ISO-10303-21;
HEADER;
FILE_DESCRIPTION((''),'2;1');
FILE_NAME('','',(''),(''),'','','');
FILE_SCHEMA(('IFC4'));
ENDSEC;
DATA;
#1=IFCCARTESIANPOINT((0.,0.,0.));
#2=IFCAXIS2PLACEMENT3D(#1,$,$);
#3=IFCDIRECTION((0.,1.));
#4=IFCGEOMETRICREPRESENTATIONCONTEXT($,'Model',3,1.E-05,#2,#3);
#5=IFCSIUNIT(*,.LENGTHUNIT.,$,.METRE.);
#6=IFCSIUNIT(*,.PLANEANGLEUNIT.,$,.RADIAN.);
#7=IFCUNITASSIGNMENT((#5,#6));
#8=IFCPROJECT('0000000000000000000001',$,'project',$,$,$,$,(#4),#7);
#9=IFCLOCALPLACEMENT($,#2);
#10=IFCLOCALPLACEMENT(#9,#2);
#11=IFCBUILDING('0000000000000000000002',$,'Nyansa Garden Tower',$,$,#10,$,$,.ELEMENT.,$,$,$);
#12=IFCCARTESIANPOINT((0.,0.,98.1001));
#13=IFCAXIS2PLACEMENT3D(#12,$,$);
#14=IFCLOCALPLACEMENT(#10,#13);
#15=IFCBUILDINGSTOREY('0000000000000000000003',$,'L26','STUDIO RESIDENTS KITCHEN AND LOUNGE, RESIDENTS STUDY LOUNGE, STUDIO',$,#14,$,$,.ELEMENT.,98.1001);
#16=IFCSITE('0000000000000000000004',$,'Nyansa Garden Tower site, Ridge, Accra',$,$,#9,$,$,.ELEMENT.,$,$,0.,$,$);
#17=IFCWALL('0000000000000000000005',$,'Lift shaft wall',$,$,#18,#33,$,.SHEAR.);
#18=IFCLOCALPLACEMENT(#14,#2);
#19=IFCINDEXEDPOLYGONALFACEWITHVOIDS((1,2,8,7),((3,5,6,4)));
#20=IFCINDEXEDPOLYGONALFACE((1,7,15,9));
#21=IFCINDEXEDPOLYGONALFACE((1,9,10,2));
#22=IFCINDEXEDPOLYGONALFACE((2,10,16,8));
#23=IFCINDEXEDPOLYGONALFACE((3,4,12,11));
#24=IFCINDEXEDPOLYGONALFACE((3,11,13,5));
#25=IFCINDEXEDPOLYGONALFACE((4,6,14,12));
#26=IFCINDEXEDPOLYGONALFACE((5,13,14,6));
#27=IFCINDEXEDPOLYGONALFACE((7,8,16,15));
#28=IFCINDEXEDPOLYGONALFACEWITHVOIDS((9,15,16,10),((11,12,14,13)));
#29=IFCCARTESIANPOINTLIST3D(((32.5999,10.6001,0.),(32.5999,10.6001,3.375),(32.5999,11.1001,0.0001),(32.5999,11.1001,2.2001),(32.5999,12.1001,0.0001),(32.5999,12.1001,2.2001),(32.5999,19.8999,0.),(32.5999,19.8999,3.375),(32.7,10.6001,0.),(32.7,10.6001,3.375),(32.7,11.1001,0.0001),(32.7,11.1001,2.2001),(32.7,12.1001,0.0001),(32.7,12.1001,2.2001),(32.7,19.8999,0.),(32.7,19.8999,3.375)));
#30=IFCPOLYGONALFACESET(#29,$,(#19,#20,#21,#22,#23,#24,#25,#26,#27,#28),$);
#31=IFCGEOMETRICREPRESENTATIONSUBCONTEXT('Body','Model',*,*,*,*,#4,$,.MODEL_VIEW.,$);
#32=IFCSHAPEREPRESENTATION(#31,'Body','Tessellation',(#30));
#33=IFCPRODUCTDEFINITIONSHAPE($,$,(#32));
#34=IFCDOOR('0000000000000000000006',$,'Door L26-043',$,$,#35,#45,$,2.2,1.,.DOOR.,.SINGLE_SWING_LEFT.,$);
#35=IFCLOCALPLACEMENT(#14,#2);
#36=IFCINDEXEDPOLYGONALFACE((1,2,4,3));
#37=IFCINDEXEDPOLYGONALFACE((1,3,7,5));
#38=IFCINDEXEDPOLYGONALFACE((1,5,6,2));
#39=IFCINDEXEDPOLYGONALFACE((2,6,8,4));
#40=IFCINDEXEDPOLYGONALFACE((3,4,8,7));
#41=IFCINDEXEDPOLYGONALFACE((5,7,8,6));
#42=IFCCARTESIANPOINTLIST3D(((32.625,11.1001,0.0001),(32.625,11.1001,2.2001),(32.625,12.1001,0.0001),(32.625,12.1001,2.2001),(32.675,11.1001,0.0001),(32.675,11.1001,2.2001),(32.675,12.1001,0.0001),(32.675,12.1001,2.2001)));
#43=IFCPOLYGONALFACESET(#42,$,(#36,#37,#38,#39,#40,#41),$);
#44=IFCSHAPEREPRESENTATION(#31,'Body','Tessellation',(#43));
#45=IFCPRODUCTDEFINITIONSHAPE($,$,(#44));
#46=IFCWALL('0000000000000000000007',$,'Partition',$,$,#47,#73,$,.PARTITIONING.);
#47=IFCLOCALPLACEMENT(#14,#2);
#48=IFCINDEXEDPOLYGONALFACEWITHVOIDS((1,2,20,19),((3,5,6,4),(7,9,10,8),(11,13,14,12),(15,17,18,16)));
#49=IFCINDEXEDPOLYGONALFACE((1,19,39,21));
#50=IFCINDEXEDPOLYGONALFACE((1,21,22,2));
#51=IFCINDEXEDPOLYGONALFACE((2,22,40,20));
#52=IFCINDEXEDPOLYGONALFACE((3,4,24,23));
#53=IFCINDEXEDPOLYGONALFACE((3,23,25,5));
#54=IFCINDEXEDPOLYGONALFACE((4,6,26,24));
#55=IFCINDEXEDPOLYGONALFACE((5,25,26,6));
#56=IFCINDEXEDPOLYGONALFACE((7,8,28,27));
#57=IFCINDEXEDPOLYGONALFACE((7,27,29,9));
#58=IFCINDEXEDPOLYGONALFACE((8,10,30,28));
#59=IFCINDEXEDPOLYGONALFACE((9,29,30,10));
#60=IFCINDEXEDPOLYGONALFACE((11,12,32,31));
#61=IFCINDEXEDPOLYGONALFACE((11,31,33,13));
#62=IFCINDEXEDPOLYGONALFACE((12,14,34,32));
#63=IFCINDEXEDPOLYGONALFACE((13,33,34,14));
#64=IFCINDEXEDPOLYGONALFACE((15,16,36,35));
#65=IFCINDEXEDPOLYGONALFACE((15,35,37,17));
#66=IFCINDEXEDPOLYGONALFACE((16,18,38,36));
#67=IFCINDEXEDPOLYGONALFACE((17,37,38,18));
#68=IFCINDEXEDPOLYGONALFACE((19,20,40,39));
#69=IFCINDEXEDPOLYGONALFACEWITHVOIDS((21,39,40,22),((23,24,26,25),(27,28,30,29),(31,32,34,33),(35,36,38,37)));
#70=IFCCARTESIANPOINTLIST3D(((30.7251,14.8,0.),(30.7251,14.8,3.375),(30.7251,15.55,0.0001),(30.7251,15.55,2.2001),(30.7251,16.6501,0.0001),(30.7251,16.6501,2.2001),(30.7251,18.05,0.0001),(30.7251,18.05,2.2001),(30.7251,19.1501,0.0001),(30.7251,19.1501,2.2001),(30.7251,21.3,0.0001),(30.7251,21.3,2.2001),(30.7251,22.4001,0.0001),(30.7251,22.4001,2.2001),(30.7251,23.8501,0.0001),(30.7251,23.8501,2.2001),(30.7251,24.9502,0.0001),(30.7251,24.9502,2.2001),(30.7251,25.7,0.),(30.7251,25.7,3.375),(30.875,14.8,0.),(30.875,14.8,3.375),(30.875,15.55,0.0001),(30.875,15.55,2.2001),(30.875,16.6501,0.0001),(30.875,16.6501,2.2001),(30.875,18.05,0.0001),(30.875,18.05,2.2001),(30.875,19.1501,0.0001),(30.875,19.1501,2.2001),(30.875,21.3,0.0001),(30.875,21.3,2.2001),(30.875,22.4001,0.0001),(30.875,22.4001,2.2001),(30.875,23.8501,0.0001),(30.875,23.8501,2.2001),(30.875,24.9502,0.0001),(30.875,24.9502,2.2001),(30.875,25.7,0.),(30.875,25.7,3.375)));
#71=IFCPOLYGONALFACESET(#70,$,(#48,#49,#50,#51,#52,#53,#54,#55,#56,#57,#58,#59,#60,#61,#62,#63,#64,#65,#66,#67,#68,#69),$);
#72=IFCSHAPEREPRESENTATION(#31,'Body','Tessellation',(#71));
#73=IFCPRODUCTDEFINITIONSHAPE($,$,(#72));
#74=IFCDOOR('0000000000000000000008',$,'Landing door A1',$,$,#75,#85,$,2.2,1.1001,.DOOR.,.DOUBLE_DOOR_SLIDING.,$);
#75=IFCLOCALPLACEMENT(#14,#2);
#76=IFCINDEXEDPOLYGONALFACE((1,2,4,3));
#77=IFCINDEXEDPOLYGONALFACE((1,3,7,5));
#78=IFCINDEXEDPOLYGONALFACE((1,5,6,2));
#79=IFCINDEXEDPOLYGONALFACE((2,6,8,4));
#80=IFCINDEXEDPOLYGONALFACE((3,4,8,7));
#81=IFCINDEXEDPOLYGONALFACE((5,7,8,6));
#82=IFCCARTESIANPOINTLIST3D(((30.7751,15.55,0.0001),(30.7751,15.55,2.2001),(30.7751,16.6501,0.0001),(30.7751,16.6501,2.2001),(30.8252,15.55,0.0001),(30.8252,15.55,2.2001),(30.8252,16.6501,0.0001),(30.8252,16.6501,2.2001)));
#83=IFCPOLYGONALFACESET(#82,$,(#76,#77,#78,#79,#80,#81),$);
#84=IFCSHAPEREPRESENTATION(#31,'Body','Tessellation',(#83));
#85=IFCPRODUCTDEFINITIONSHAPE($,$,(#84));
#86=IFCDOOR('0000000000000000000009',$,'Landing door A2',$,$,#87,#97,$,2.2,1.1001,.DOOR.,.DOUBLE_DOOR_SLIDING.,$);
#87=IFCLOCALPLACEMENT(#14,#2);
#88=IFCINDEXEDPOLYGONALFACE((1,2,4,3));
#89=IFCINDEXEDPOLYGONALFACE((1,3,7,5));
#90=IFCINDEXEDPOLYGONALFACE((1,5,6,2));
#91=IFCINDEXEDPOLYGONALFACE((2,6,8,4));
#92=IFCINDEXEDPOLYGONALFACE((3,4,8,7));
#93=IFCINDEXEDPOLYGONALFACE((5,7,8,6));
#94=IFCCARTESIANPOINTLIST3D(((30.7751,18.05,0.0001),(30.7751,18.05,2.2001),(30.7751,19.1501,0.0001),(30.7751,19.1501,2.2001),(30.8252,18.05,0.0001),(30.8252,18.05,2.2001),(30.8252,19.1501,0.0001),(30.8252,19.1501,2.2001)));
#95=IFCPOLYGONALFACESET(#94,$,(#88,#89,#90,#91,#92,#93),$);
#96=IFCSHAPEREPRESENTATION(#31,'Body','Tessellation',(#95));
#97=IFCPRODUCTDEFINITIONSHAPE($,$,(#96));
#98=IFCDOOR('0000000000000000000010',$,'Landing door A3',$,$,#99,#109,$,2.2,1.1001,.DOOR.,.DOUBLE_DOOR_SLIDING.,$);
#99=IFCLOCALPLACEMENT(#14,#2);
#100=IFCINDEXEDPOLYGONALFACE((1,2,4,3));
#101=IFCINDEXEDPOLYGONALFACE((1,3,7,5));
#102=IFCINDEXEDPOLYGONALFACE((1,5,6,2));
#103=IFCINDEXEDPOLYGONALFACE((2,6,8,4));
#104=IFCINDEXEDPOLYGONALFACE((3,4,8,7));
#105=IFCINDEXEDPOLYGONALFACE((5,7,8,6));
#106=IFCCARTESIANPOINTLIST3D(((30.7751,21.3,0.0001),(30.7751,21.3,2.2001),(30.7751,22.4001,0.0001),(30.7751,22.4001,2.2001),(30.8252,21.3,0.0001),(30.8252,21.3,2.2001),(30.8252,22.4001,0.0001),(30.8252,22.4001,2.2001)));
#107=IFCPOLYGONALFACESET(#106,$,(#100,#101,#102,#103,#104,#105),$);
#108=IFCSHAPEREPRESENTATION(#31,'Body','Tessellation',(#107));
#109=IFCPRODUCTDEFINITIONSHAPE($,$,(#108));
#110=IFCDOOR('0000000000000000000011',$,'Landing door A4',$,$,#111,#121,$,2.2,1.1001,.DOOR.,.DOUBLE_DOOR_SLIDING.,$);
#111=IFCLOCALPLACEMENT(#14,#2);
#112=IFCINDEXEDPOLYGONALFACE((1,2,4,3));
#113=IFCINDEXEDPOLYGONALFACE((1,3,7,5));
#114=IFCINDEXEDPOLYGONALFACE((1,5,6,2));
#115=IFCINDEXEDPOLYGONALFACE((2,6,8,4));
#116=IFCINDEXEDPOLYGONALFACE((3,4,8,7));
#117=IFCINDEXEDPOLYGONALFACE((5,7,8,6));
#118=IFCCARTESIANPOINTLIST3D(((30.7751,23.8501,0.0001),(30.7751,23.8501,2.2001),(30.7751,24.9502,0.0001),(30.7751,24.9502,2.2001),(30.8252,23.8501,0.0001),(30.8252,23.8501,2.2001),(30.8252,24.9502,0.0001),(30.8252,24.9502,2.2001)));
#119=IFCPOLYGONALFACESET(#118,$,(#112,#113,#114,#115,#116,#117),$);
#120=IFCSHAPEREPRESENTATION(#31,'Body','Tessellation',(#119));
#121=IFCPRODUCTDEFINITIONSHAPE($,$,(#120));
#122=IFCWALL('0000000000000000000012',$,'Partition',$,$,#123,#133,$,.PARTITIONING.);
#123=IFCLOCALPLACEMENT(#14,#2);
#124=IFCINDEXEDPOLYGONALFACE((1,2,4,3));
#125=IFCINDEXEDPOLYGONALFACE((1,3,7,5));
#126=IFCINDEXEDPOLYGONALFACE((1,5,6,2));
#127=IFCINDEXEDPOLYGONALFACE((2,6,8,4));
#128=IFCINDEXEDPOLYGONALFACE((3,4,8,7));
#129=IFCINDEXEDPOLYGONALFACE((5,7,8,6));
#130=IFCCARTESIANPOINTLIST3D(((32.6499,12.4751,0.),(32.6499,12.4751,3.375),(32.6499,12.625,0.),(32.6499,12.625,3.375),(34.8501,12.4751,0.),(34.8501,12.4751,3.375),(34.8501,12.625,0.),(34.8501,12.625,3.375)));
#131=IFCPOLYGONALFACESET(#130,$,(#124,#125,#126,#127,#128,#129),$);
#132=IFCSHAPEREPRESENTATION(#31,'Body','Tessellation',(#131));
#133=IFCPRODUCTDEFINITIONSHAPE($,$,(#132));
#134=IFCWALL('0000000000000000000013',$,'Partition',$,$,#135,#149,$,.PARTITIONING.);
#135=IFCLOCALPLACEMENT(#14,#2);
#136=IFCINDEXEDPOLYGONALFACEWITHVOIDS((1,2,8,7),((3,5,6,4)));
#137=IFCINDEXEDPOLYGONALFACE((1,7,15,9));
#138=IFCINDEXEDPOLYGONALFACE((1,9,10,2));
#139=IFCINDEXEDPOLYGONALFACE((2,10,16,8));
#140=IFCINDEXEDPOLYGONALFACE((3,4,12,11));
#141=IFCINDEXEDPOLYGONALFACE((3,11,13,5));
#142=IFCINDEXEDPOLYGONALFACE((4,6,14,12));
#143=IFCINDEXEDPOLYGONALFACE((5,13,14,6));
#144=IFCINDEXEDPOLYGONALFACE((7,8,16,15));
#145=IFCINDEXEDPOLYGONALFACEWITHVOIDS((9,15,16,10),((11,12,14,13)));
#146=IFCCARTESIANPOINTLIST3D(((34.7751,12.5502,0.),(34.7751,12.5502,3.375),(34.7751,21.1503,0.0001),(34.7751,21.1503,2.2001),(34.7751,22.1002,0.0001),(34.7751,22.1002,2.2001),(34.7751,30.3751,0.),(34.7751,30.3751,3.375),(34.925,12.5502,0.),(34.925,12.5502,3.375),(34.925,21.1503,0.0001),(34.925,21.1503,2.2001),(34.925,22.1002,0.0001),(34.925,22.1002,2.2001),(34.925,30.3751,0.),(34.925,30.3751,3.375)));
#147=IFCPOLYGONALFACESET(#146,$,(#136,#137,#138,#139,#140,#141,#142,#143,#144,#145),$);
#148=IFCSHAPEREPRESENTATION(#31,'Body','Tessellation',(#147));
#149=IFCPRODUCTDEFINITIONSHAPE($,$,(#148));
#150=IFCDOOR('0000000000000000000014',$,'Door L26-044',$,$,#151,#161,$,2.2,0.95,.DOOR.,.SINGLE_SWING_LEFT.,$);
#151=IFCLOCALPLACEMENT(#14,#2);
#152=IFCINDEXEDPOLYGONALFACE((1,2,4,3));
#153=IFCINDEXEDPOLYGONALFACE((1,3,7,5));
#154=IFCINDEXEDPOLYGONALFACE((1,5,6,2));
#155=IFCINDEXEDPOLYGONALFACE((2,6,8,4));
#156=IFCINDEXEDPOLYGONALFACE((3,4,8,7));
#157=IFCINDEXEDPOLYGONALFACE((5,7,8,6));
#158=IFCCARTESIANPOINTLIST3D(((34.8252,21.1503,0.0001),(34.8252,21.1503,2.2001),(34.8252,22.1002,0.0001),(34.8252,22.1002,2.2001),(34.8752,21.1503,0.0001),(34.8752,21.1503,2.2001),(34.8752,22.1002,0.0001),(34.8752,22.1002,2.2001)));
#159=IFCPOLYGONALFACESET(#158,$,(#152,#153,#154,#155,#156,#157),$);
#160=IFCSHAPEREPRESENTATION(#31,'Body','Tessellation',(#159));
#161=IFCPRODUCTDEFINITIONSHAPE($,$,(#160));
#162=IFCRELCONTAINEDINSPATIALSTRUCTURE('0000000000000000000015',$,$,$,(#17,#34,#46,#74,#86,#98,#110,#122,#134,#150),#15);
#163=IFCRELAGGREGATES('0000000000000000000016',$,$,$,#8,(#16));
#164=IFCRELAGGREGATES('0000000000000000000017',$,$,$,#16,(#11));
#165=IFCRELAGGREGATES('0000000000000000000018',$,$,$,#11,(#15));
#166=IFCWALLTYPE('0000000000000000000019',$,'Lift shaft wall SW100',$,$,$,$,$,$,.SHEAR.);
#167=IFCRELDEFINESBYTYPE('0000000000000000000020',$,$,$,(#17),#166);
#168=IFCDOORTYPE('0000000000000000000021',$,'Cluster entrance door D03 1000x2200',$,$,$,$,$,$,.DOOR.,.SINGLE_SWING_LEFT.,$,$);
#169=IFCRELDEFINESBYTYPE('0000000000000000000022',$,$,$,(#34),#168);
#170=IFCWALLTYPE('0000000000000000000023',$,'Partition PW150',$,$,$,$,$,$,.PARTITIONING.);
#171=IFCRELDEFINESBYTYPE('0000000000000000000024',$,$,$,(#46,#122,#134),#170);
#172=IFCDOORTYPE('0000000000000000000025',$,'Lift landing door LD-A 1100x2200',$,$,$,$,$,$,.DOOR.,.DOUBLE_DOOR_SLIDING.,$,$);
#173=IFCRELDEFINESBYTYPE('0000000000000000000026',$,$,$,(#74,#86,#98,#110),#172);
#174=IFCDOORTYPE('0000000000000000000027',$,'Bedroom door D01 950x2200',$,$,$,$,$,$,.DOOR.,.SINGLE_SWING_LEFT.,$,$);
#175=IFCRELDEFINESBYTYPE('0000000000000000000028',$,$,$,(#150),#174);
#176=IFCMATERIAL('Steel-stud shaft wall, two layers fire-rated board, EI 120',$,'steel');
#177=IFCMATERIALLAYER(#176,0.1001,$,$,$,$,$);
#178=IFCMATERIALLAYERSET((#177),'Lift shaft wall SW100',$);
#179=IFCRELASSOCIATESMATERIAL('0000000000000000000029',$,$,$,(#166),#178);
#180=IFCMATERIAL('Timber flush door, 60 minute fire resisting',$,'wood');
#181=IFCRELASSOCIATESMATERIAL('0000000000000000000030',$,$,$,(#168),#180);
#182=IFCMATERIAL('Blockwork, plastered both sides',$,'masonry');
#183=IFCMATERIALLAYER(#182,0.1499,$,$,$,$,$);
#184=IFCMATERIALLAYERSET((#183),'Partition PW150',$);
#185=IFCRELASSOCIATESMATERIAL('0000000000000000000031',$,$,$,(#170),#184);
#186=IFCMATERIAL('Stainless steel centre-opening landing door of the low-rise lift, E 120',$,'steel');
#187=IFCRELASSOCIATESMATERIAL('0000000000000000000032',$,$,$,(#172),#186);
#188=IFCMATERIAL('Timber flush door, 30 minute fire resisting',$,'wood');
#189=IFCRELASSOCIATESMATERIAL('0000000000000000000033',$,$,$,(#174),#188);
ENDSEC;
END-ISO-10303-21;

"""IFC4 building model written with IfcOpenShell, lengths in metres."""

from ifc_helpers import new_model, si_unit, direction, frame, frame_2d, origin, place, context, subcontext, project, spatial, rectangle, extrude, material, layer, layer_set, type_object, element, fill, save


model = new_model("IFC4")

# Units and contexts
model_context = context("Model", 3, precision=1e-05, world=origin(), true_north=direction((0.0, 1.0)))
body_context = subcontext(model_context, "Body", "Model", "MODEL_VIEW")
ifc_project = project(units=[si_unit("LENGTHUNIT", "METRE"), si_unit("PLANEANGLEUNIT", "RADIAN")], contexts=[model_context])

# Site, building, storey
site_placement = place(None, origin())
site = spatial("IfcSite", under=ifc_project, at=site_placement, Name="Nyansa Garden Tower site, Ridge, Accra", CompositionType="ELEMENT", RefElevation=0.0)
building_placement = place(site_placement, origin())
building = spatial("IfcBuilding", under=site, at=building_placement, Name="Nyansa Garden Tower", CompositionType="ELEMENT")
storey_placement = place(building_placement, frame((0.0, 0.0, 98.1001)))
storey = spatial("IfcBuildingStorey", under=building, at=storey_placement, Name="L26", Description="STUDIO RESIDENTS KITCHEN AND LOUNGE, RESIDENTS STUDY LOUNGE, STUDIO", CompositionType="ELEMENT", Elevation=98.1001)

# Shared definitions
ifc_material_1 = material(Name="Steel-stud shaft wall, two layers fire-rated board, EI 120", Category="steel")
ifc_layer_1 = layer(ifc_material_1, 0.1001)
ifc_layer_set_1 = layer_set([ifc_layer_1], Name="Lift shaft wall SW100")
wall_type_1 = type_object("IfcWallType", Name="Lift shaft wall SW100", PredefinedType="SHEAR", material=ifc_layer_set_1)

# Wall, opening, door
wall_1_placement = place(storey_placement, frame((32.6499, 10.6001, 0.0), z_axis=(0.0, 0.0, 1.0), x_axis=(0.0, 1.0, 0.0)))
wall_1 = element("IfcWall", 1, at=wall_1_placement, inside=storey, type_object=wall_type_1, Name="Lift shaft wall", PredefinedType="SHEAR", context=body_context, shape_type="SweptSolid", body=[
    extrude(rectangle(XDim=9.2998, YDim=0.1001, at=frame_2d((4.6499, 0.0))), origin(), (0.0, 0.0, 1.0), 3.375),
])
opening_1_placement = place(wall_1_placement, frame((0.5, 0.0, 0.0)))
opening_1 = element("IfcOpeningElement", 2, at=opening_1_placement, cuts=wall_1, PredefinedType="OPENING", context=body_context, shape_type="SweptSolid", body=[
    extrude(rectangle(XDim=1.0, YDim=2.2, at=frame_2d((0.5, 1.1001))), frame((0.0, 0.0601, 0.0), z_axis=(0.0, -1.0, 0.0), x_axis=(1.0, 0.0, 0.0)), (0.0, 0.0, 1.0), 0.1201),
])
ifc_material_2 = material(Name="Timber flush door, 60 minute fire resisting", Category="wood")
door_type_1 = type_object("IfcDoorType", Name="Cluster entrance door D03 1000x2200", OperationType="SINGLE_SWING_LEFT", PredefinedType="DOOR", material=ifc_material_2)
door_1_placement = place(opening_1_placement, origin())
door_1 = element("IfcDoor", 3, at=door_1_placement, inside=storey, type_object=door_type_1, Name="Door L26-043", OperationType="SINGLE_SWING_LEFT", OverallHeight=2.2, OverallWidth=1.0, PredefinedType="DOOR", context=body_context, shape_type="SweptSolid", body=[
    extrude(rectangle(XDim=1.0, YDim=2.2, at=frame_2d((0.5, 1.1001))), frame((0.0, 0.0249, 0.0), z_axis=(0.0, -1.0, 0.0), x_axis=(1.0, 0.0, 0.0)), (0.0, 0.0, 1.0), 0.05),
])
fill(opening_1, door_1)

# Wall, openings, doors
ifc_material_3 = material(Name="Blockwork, plastered both sides", Category="masonry")
ifc_layer_2 = layer(ifc_material_3, 0.1499)
ifc_layer_set_2 = layer_set([ifc_layer_2], Name="Partition PW150")
wall_type_2 = type_object("IfcWallType", Name="Partition PW150", PredefinedType="PARTITIONING", material=ifc_layer_set_2)
wall_2_placement = place(storey_placement, frame((30.8, 14.8, 0.0), z_axis=(0.0, 0.0, 1.0), x_axis=(0.0, 1.0, 0.0)))
wall_2 = element("IfcWall", 4, at=wall_2_placement, inside=storey, type_object=wall_type_2, Name="Partition", PredefinedType="PARTITIONING", context=body_context, shape_type="SweptSolid", body=[
    extrude(rectangle(XDim=10.8999, YDim=0.1499, at=frame_2d((5.45, 0.0))), origin(), (0.0, 0.0, 1.0), 3.375),
])
opening_2_placement = place(wall_2_placement, frame((0.75, 0.0, 0.0)))
opening_2 = element("IfcOpeningElement", 5, at=opening_2_placement, cuts=wall_2, PredefinedType="OPENING", context=body_context, shape_type="SweptSolid", body=[
    extrude(rectangle(XDim=1.1001, YDim=2.2, at=frame_2d((0.55, 1.1001))), frame((0.0, 0.085, 0.0), z_axis=(0.0, -1.0, 0.0), x_axis=(1.0, 0.0, 0.0)), (0.0, 0.0, 1.0), 0.1699),
])
opening_3_placement = place(wall_2_placement, frame((3.25, 0.0, 0.0)))
opening_3 = element("IfcOpeningElement", 6, at=opening_3_placement, cuts=wall_2, PredefinedType="OPENING", context=body_context, shape_type="SweptSolid", body=[
    extrude(rectangle(XDim=1.1001, YDim=2.2, at=frame_2d((0.55, 1.1001))), frame((0.0, 0.085, 0.0), z_axis=(0.0, -1.0, 0.0), x_axis=(1.0, 0.0, 0.0)), (0.0, 0.0, 1.0), 0.1699),
])
opening_4_placement = place(wall_2_placement, frame((6.5, 0.0, 0.0)))
opening_4 = element("IfcOpeningElement", 7, at=opening_4_placement, cuts=wall_2, PredefinedType="OPENING", context=body_context, shape_type="SweptSolid", body=[
    extrude(rectangle(XDim=1.1001, YDim=2.2, at=frame_2d((0.55, 1.1001))), frame((0.0, 0.085, 0.0), z_axis=(0.0, -1.0, 0.0), x_axis=(1.0, 0.0, 0.0)), (0.0, 0.0, 1.0), 0.1699),
])
opening_5_placement = place(wall_2_placement, frame((9.05, 0.0, 0.0)))
opening_5 = element("IfcOpeningElement", 8, at=opening_5_placement, cuts=wall_2, PredefinedType="OPENING", context=body_context, shape_type="SweptSolid", body=[
    extrude(rectangle(XDim=1.1001, YDim=2.2, at=frame_2d((0.55, 1.1001))), frame((0.0, 0.085, 0.0), z_axis=(0.0, -1.0, 0.0), x_axis=(1.0, 0.0, 0.0)), (0.0, 0.0, 1.0), 0.1699),
])
ifc_material_4 = material(Name="Stainless steel centre-opening landing door of the low-rise lift, E 120", Category="steel")
door_type_2 = type_object("IfcDoorType", Name="Lift landing door LD-A 1100x2200", OperationType="DOUBLE_DOOR_SLIDING", PredefinedType="DOOR", material=ifc_material_4)
door_2_placement = place(opening_2_placement, origin())
door_2 = element("IfcDoor", 9, at=door_2_placement, inside=storey, type_object=door_type_2, Name="Landing door A1", OperationType="DOUBLE_DOOR_SLIDING", OverallHeight=2.2, OverallWidth=1.1001, PredefinedType="DOOR", context=body_context, shape_type="SweptSolid", body=[
    extrude(rectangle(XDim=1.1001, YDim=2.2, at=frame_2d((0.55, 1.1001))), frame((0.0, 0.0249, 0.0), z_axis=(0.0, -1.0, 0.0), x_axis=(1.0, 0.0, 0.0)), (0.0, 0.0, 1.0), 0.05),
])
fill(opening_2, door_2)
door_3_placement = place(opening_3_placement, origin())
door_3 = element("IfcDoor", 10, at=door_3_placement, inside=storey, type_object=door_type_2, Name="Landing door A2", OperationType="DOUBLE_DOOR_SLIDING", OverallHeight=2.2, OverallWidth=1.1001, PredefinedType="DOOR", context=body_context, shape_type="SweptSolid", body=[
    extrude(rectangle(XDim=1.1001, YDim=2.2, at=frame_2d((0.55, 1.1001))), frame((0.0, 0.0249, 0.0), z_axis=(0.0, -1.0, 0.0), x_axis=(1.0, 0.0, 0.0)), (0.0, 0.0, 1.0), 0.05),
])
fill(opening_3, door_3)
door_4_placement = place(opening_4_placement, origin())
door_4 = element("IfcDoor", 11, at=door_4_placement, inside=storey, type_object=door_type_2, Name="Landing door A3", OperationType="DOUBLE_DOOR_SLIDING", OverallHeight=2.2, OverallWidth=1.1001, PredefinedType="DOOR", context=body_context, shape_type="SweptSolid", body=[
    extrude(rectangle(XDim=1.1001, YDim=2.2, at=frame_2d((0.55, 1.1001))), frame((0.0, 0.0249, 0.0), z_axis=(0.0, -1.0, 0.0), x_axis=(1.0, 0.0, 0.0)), (0.0, 0.0, 1.0), 0.05),
])
fill(opening_4, door_4)
door_5_placement = place(opening_5_placement, origin())
door_5 = element("IfcDoor", 12, at=door_5_placement, inside=storey, type_object=door_type_2, Name="Landing door A4", OperationType="DOUBLE_DOOR_SLIDING", OverallHeight=2.2, OverallWidth=1.1001, PredefinedType="DOOR", context=body_context, shape_type="SweptSolid", body=[
    extrude(rectangle(XDim=1.1001, YDim=2.2, at=frame_2d((0.55, 1.1001))), frame((0.0, 0.0249, 0.0), z_axis=(0.0, -1.0, 0.0), x_axis=(1.0, 0.0, 0.0)), (0.0, 0.0, 1.0), 0.05),
])
fill(opening_5, door_5)

# Wall
wall_3_placement = place(storey_placement, frame((32.6499, 12.55, 0.0), z_axis=(0.0, 0.0, 1.0), x_axis=(1.0, 0.0, 0.0)))
element("IfcWall", 13, at=wall_3_placement, inside=storey, type_object=wall_type_2, Name="Partition", PredefinedType="PARTITIONING", context=body_context, shape_type="SweptSolid", body=[
    extrude(rectangle(XDim=2.2002, YDim=0.1499, at=frame_2d((1.1001, 0.0))), origin(), (0.0, 0.0, 1.0), 3.375),
])

# Wall, opening, door
wall_4_placement = place(storey_placement, frame((34.8501, 12.55, 0.0), z_axis=(0.0, 0.0, 1.0), x_axis=(0.0, 1.0, 0.0)))
wall_4 = element("IfcWall", 14, at=wall_4_placement, inside=storey, type_object=wall_type_2, Name="Partition", PredefinedType="PARTITIONING", context=body_context, shape_type="SweptSolid", body=[
    extrude(rectangle(XDim=17.825, YDim=0.1499, at=frame_2d((8.9126, 0.0))), origin(), (0.0, 0.0, 1.0), 3.375),
])
opening_6_placement = place(wall_4_placement, frame((8.6001, 0.0, 0.0)))
opening_6 = element("IfcOpeningElement", 15, at=opening_6_placement, cuts=wall_4, PredefinedType="OPENING", context=body_context, shape_type="SweptSolid", body=[
    extrude(rectangle(XDim=0.95, YDim=2.2, at=frame_2d((0.4751, 1.1001))), frame((0.0, 0.085, 0.0), z_axis=(0.0, -1.0, 0.0), x_axis=(1.0, 0.0, 0.0)), (0.0, 0.0, 1.0), 0.1699),
])
ifc_material_5 = material(Name="Timber flush door, 30 minute fire resisting", Category="wood")
door_type_3 = type_object("IfcDoorType", Name="Bedroom door D01 950x2200", OperationType="SINGLE_SWING_LEFT", PredefinedType="DOOR", material=ifc_material_5)
door_6_placement = place(opening_6_placement, origin())
door_6 = element("IfcDoor", 16, at=door_6_placement, inside=storey, type_object=door_type_3, Name="Door L26-044", OperationType="SINGLE_SWING_LEFT", OverallHeight=2.2, OverallWidth=0.95, PredefinedType="DOOR", context=body_context, shape_type="SweptSolid", body=[
    extrude(rectangle(XDim=0.95, YDim=2.2, at=frame_2d((0.4751, 1.1001))), frame((0.0, 0.0249, 0.0), z_axis=(0.0, -1.0, 0.0), x_axis=(1.0, 0.0, 0.0)), (0.0, 0.0, 1.0), 0.05),
])
fill(opening_6, door_6)

save(model, "model.ifc")
